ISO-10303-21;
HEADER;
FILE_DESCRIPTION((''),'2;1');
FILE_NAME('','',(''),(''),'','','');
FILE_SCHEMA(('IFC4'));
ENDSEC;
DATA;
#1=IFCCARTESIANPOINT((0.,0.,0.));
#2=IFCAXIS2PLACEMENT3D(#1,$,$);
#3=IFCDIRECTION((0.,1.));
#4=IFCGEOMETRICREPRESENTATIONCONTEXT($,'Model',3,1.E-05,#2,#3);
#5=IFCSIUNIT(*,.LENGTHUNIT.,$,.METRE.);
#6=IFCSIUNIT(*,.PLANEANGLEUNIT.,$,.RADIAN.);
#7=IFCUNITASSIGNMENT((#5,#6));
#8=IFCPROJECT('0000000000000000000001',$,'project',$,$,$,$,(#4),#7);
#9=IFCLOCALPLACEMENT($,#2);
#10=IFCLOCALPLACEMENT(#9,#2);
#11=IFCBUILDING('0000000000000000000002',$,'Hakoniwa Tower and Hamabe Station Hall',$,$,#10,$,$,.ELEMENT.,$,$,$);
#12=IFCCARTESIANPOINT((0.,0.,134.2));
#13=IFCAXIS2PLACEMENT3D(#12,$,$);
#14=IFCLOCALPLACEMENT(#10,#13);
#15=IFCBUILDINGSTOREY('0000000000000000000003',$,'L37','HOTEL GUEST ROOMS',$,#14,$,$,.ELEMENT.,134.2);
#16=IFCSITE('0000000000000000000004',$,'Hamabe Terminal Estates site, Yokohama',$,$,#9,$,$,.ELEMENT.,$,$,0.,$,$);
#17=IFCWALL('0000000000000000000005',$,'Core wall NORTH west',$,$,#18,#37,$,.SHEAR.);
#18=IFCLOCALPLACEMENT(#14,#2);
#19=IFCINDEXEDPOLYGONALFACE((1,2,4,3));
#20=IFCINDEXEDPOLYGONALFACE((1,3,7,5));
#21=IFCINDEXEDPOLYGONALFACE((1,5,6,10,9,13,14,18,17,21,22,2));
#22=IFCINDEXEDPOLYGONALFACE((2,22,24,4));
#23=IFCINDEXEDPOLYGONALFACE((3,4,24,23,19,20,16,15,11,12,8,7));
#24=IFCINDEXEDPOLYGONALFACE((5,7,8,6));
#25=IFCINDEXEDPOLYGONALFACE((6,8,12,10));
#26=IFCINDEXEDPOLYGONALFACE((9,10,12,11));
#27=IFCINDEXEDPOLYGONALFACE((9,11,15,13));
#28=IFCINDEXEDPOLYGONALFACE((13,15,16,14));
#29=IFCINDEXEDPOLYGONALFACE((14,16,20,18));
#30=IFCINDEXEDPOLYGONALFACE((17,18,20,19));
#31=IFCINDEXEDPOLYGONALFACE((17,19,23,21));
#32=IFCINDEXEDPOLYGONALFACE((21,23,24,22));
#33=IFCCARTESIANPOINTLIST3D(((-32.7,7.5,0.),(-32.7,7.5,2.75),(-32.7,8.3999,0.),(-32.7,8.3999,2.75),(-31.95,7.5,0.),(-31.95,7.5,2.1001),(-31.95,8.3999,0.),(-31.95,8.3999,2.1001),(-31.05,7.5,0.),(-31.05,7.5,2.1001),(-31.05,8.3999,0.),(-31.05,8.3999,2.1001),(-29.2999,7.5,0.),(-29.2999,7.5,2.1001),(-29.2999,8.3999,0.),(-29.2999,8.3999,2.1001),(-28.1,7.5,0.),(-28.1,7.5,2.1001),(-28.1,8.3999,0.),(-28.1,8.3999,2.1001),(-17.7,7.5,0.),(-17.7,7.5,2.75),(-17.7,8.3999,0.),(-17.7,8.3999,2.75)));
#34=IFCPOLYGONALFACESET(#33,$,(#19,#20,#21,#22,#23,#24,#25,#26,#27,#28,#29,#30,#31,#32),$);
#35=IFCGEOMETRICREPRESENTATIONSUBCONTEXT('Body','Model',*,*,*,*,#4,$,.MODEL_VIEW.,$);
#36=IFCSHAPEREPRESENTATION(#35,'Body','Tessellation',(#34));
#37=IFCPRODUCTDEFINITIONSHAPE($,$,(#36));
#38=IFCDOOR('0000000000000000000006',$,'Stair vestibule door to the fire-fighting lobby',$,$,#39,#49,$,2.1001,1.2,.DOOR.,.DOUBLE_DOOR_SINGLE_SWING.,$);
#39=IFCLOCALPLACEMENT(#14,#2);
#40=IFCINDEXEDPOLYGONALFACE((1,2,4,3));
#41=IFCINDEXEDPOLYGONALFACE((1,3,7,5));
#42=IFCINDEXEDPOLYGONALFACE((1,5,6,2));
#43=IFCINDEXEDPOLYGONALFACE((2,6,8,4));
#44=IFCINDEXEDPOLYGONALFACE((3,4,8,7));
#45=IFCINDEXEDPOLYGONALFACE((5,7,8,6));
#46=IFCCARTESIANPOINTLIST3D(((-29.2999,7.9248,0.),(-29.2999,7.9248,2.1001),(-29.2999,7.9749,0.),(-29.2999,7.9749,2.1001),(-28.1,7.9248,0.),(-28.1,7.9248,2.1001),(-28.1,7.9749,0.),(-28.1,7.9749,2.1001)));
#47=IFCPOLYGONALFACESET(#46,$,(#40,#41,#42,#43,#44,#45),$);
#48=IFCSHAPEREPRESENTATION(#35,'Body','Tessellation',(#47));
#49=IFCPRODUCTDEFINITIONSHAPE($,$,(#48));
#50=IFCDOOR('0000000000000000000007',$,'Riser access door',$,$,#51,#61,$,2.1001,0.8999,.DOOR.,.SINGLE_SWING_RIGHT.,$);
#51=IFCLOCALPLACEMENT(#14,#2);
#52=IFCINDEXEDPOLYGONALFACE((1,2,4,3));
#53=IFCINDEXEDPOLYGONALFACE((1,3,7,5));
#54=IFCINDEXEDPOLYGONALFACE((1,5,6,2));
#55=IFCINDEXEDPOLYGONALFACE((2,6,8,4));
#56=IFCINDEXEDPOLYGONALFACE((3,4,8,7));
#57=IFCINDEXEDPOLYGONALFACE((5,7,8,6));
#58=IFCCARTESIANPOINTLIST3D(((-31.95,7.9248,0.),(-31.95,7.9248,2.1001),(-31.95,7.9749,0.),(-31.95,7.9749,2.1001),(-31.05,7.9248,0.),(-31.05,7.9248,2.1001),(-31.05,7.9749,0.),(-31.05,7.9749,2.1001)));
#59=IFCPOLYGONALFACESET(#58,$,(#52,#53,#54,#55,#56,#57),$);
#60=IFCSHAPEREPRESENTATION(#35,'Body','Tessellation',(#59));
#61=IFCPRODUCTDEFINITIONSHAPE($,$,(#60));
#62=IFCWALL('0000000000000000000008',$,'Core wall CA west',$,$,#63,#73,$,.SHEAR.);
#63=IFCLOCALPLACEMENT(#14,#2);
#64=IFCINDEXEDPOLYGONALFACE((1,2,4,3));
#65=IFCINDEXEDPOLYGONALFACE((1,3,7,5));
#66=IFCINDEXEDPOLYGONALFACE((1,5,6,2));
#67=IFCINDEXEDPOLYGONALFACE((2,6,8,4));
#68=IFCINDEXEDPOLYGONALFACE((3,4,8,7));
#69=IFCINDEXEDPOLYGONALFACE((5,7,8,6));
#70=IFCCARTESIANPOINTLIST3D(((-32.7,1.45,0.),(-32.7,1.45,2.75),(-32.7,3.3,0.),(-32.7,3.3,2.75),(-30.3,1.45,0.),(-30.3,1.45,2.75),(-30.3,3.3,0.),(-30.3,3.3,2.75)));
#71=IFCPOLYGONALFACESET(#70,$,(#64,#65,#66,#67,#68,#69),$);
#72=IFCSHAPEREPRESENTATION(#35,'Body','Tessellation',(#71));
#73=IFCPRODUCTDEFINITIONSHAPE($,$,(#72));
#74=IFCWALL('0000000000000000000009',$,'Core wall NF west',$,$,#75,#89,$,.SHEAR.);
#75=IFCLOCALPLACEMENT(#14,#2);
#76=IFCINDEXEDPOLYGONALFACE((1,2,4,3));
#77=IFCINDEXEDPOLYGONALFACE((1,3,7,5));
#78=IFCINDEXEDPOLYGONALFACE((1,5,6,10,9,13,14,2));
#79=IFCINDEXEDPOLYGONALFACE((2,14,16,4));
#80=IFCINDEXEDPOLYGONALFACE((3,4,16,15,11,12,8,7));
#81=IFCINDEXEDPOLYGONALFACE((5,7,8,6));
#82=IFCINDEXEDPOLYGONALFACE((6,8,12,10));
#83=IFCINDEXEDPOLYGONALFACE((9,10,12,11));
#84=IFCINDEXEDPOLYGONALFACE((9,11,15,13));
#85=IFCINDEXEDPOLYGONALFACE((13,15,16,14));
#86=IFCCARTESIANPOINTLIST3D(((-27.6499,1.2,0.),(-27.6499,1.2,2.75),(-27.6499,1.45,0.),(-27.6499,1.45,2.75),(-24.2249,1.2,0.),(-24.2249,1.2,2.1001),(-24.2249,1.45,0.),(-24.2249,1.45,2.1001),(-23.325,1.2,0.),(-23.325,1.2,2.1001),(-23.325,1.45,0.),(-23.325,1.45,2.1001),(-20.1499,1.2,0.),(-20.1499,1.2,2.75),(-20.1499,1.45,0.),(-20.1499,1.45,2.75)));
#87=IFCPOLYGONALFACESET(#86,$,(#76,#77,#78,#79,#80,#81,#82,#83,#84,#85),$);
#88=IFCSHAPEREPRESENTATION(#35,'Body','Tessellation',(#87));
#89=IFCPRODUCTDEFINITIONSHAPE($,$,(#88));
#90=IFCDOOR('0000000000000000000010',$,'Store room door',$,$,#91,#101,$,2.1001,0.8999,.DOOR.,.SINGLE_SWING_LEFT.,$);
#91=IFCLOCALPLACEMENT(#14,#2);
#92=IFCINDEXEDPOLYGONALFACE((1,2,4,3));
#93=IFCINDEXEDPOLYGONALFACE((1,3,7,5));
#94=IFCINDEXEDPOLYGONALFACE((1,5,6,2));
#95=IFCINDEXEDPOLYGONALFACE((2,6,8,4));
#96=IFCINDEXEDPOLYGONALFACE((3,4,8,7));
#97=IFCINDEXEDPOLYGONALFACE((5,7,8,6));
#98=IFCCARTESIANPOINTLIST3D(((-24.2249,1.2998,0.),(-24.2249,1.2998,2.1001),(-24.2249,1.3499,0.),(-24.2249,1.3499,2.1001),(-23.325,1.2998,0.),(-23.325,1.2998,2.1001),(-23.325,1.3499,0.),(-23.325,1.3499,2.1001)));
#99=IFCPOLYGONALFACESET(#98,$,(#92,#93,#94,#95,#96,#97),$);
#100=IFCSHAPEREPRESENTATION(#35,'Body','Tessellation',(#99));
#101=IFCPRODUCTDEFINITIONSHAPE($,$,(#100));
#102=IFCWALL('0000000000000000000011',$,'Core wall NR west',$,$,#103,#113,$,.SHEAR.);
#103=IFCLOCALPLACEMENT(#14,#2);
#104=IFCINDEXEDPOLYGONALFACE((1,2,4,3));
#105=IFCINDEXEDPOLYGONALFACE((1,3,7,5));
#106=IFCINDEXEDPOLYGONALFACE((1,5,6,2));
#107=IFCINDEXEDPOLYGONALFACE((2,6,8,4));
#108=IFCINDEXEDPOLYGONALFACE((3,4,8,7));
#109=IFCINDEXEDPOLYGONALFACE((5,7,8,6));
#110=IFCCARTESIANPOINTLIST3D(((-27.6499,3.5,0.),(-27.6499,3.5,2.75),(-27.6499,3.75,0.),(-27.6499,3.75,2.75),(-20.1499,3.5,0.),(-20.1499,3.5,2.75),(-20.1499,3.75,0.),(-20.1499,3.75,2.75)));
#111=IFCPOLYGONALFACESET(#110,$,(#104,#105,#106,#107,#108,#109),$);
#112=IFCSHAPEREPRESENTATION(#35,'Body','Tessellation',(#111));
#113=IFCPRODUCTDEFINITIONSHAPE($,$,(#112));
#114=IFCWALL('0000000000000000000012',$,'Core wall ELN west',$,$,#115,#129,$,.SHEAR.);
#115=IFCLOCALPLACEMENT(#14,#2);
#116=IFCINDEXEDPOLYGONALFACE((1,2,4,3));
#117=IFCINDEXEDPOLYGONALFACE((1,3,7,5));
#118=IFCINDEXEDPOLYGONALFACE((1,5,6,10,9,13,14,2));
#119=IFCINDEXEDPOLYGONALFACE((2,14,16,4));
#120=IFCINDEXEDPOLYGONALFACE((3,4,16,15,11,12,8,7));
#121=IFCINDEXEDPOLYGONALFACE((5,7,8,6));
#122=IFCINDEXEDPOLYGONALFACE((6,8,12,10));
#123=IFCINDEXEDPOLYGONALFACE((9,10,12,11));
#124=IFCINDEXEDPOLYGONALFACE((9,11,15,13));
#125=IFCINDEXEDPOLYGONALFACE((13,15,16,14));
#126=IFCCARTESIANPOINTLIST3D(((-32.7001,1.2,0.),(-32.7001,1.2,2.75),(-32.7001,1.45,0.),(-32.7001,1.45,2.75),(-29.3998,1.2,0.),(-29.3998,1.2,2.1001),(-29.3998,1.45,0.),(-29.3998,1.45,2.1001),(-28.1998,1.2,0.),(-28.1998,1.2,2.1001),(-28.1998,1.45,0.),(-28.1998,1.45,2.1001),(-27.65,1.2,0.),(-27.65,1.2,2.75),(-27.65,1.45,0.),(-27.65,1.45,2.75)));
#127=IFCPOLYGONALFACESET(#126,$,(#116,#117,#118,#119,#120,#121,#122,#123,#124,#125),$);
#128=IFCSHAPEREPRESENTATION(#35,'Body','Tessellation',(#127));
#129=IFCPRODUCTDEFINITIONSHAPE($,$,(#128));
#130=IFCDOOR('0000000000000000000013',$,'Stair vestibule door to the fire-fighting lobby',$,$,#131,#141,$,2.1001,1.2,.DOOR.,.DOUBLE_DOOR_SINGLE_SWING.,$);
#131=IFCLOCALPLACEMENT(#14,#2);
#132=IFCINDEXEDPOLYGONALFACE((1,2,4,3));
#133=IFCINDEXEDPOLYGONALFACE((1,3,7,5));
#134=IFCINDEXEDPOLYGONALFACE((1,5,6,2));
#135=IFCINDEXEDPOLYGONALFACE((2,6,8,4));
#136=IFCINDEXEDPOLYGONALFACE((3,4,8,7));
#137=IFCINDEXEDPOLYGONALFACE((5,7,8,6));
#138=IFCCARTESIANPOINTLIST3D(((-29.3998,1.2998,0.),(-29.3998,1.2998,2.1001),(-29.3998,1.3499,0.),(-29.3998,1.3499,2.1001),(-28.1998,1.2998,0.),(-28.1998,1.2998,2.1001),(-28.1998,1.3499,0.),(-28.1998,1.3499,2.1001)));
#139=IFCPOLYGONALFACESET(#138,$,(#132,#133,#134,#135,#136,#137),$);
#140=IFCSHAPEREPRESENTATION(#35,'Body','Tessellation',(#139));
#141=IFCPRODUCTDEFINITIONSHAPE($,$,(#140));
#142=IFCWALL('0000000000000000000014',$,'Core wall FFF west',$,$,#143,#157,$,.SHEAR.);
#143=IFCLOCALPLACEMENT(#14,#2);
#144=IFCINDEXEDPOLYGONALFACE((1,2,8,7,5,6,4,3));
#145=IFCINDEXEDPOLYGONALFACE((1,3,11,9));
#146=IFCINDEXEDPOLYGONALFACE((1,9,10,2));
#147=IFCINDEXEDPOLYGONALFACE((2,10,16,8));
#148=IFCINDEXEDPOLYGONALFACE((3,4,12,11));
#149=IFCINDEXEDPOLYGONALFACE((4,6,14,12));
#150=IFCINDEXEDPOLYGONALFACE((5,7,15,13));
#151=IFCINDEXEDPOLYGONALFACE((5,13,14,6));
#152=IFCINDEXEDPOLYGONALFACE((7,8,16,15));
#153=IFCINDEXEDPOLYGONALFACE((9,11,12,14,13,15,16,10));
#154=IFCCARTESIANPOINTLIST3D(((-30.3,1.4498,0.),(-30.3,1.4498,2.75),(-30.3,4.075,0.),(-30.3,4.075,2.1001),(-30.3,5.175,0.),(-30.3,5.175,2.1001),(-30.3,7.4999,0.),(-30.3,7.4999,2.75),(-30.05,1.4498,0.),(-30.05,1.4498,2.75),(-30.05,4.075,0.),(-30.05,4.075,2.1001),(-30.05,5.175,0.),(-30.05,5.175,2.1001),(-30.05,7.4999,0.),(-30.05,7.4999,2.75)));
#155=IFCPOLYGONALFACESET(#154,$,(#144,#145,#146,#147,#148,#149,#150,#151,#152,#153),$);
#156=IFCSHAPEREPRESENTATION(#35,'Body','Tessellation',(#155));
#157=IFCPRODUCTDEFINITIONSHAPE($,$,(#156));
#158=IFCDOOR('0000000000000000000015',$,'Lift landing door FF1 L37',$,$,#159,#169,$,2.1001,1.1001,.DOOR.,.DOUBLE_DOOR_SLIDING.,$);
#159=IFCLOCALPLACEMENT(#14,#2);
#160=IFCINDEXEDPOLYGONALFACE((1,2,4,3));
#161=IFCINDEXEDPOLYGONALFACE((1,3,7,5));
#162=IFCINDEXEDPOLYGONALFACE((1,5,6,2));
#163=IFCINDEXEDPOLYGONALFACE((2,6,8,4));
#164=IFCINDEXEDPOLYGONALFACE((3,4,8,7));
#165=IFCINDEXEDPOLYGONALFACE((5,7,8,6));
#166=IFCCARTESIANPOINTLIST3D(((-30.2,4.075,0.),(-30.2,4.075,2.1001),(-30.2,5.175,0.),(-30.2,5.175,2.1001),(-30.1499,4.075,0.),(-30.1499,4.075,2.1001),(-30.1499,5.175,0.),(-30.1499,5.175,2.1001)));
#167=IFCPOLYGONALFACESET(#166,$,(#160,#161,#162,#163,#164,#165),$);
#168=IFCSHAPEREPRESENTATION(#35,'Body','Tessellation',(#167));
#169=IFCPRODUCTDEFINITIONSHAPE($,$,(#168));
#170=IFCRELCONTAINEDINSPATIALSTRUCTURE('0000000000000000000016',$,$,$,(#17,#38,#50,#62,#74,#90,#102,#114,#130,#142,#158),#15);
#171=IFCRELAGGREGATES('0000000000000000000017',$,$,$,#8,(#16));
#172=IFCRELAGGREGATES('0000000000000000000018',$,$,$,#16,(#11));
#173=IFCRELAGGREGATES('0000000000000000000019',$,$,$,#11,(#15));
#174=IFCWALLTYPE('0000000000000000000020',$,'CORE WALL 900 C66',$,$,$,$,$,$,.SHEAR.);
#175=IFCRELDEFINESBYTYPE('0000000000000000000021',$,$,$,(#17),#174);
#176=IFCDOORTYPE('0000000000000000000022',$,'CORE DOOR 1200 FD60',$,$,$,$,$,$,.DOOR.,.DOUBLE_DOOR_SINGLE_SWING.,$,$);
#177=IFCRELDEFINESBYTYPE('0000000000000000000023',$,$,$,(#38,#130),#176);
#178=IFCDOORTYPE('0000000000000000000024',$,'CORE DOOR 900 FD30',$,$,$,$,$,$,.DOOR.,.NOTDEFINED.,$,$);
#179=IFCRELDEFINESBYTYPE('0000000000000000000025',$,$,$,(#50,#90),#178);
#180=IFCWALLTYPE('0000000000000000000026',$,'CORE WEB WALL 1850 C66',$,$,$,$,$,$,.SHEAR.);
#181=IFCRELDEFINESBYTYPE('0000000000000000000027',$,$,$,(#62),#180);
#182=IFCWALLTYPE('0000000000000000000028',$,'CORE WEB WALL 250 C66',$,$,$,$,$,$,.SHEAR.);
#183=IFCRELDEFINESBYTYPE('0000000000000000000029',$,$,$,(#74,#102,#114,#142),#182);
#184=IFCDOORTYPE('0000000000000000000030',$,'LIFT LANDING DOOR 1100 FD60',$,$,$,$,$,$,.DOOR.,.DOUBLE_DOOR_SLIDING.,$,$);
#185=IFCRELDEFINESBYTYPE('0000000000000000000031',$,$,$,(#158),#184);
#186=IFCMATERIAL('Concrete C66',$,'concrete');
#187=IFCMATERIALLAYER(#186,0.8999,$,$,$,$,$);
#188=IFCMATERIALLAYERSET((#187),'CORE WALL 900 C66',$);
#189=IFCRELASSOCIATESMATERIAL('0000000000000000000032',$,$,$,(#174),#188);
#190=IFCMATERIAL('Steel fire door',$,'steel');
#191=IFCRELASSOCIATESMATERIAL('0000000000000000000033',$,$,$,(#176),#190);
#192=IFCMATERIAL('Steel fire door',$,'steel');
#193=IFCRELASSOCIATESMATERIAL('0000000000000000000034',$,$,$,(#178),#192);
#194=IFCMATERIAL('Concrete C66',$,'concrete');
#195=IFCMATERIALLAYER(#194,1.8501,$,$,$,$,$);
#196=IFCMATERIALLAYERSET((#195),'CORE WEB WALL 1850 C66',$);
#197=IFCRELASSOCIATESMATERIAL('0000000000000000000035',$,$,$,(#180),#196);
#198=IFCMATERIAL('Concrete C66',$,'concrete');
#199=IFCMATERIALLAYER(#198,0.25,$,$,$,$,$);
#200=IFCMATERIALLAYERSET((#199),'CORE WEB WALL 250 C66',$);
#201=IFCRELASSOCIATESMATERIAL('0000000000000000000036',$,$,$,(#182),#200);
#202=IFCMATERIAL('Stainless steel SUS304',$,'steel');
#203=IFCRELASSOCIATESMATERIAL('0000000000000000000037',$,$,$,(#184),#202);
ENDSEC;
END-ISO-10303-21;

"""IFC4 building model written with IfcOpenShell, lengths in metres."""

from ifc_helpers import new_model, si_unit, direction, frame, frame_2d, origin, place, context, subcontext, project, spatial, rectangle, extrude, material, layer, layer_set, type_object, element, fill, save


model = new_model("IFC4")

# Units and contexts
model_context = context("Model", 3, precision=1e-05, world=origin(), true_north=direction((0.0, 1.0)))
body_context = subcontext(model_context, "Body", "Model", "MODEL_VIEW")
ifc_project = project(units=[si_unit("LENGTHUNIT", "METRE"), si_unit("PLANEANGLEUNIT", "RADIAN")], contexts=[model_context])

# Site, building, storey
site_placement = place(None, origin())
site = spatial("IfcSite", under=ifc_project, at=site_placement, Name="Hamabe Terminal Estates site, Yokohama", CompositionType="ELEMENT", RefElevation=0.0)
building_placement = place(site_placement, origin())
building = spatial("IfcBuilding", under=site, at=building_placement, Name="Hakoniwa Tower and Hamabe Station Hall", CompositionType="ELEMENT")
storey_placement = place(building_placement, frame((0.0, 0.0, 134.2)))
storey = spatial("IfcBuildingStorey", under=building, at=storey_placement, Name="L37", Description="HOTEL GUEST ROOMS", CompositionType="ELEMENT", Elevation=134.2)

# Wall, openings, doors
ifc_material_1 = material(Name="Concrete C66", Category="concrete")
ifc_layer_1 = layer(ifc_material_1, 0.8999)
ifc_layer_set_1 = layer_set([ifc_layer_1], Name="CORE WALL 900 C66")
wall_type_1 = type_object("IfcWallType", Name="CORE WALL 900 C66", PredefinedType="SHEAR", material=ifc_layer_set_1)
wall_1_placement = place(storey_placement, frame((-32.7, 7.95, 0.0), z_axis=(0.0, 0.0, 1.0), x_axis=(1.0, 0.0, 0.0)))
wall_1 = element("IfcWall", 1, at=wall_1_placement, inside=storey, type_object=wall_type_1, Name="Core wall NORTH west", PredefinedType="SHEAR", context=body_context, shape_type="SweptSolid", body=[
    extrude(rectangle(XDim=15.0, YDim=0.8999, at=frame_2d((7.5, 0.0))), origin(), (0.0, 0.0, 1.0), 2.75),
])
opening_1_placement = place(wall_1_placement, frame((3.3999, 0.0, 0.0)))
opening_1 = element("IfcOpeningElement", 2, at=opening_1_placement, cuts=wall_1, PredefinedType="OPENING", context=body_context, shape_type="SweptSolid", body=[
    extrude(rectangle(XDim=1.2, YDim=2.1001, at=frame_2d((0.6001, 1.05))), frame((0.0, 0.46, 0.0), z_axis=(0.0, -1.0, 0.0), x_axis=(1.0, 0.0, 0.0)), (0.0, 0.0, 1.0), 0.9199),
])
opening_2_placement = place(wall_1_placement, frame((0.75, 0.0, 0.0)))
opening_2 = element("IfcOpeningElement", 3, at=opening_2_placement, cuts=wall_1, PredefinedType="OPENING", context=body_context, shape_type="SweptSolid", body=[
    extrude(rectangle(XDim=0.8999, YDim=2.1001, at=frame_2d((0.45, 1.05))), frame((0.0, 0.46, 0.0), z_axis=(0.0, -1.0, 0.0), x_axis=(1.0, 0.0, 0.0)), (0.0, 0.0, 1.0), 0.9199),
])
ifc_material_2 = material(Name="Steel fire door", Category="steel")
door_type_1 = type_object("IfcDoorType", Name="CORE DOOR 1200 FD60", OperationType="DOUBLE_DOOR_SINGLE_SWING", PredefinedType="DOOR", material=ifc_material_2)
door_1_placement = place(opening_1_placement, origin())
door_1 = element("IfcDoor", 4, at=door_1_placement, inside=storey, type_object=door_type_1, Name="Stair vestibule door to the fire-fighting lobby", OperationType="DOUBLE_DOOR_SINGLE_SWING", OverallHeight=2.1001, OverallWidth=1.2, PredefinedType="DOOR", context=body_context, shape_type="SweptSolid", body=[
    extrude(rectangle(XDim=1.2, YDim=2.1001, at=frame_2d((0.6001, 1.05))), frame((0.0, 0.0249, 0.0), z_axis=(0.0, -1.0, 0.0), x_axis=(1.0, 0.0, 0.0)), (0.0, 0.0, 1.0), 0.05),
])
fill(opening_1, door_1)
ifc_material_3 = material(Name="Steel fire door", Category="steel")
door_type_2 = type_object("IfcDoorType", Name="CORE DOOR 900 FD30", OperationType="NOTDEFINED", PredefinedType="DOOR", material=ifc_material_3)
door_2_placement = place(opening_2_placement, origin())
door_2 = element("IfcDoor", 5, at=door_2_placement, inside=storey, type_object=door_type_2, Name="Riser access door", OperationType="SINGLE_SWING_RIGHT", OverallHeight=2.1001, OverallWidth=0.8999, PredefinedType="DOOR", context=body_context, shape_type="SweptSolid", body=[
    extrude(rectangle(XDim=0.8999, YDim=2.1001, at=frame_2d((0.45, 1.05))), frame((0.0, 0.0249, 0.0), z_axis=(0.0, -1.0, 0.0), x_axis=(1.0, 0.0, 0.0)), (0.0, 0.0, 1.0), 0.05),
])
fill(opening_2, door_2)

# Wall
ifc_material_4 = material(Name="Concrete C66", Category="concrete")
ifc_layer_2 = layer(ifc_material_4, 1.8501)
ifc_layer_set_2 = layer_set([ifc_layer_2], Name="CORE WEB WALL 1850 C66")
wall_type_2 = type_object("IfcWallType", Name="CORE WEB WALL 1850 C66", PredefinedType="SHEAR", material=ifc_layer_set_2)
wall_2_placement = place(storey_placement, frame((-32.7, 2.375, 0.0), z_axis=(0.0, 0.0, 1.0), x_axis=(1.0, 0.0, 0.0)))
element("IfcWall", 6, at=wall_2_placement, inside=storey, type_object=wall_type_2, Name="Core wall CA west", PredefinedType="SHEAR", context=body_context, shape_type="SweptSolid", body=[
    extrude(rectangle(XDim=2.3999, YDim=1.8501, at=frame_2d((1.2, 0.0))), origin(), (0.0, 0.0, 1.0), 2.75),
])

# Wall, opening, door
ifc_material_5 = material(Name="Concrete C66", Category="concrete")
ifc_layer_3 = layer(ifc_material_5, 0.25)
ifc_layer_set_3 = layer_set([ifc_layer_3], Name="CORE WEB WALL 250 C66")
wall_type_3 = type_object("IfcWallType", Name="CORE WEB WALL 250 C66", PredefinedType="SHEAR", material=ifc_layer_set_3)
wall_3_placement = place(storey_placement, frame((-27.6499, 1.325, 0.0), z_axis=(0.0, 0.0, 1.0), x_axis=(1.0, 0.0, 0.0)))
wall_3 = element("IfcWall", 7, at=wall_3_placement, inside=storey, type_object=wall_type_3, Name="Core wall NF west", PredefinedType="SHEAR", context=body_context, shape_type="SweptSolid", body=[
    extrude(rectangle(XDim=7.5, YDim=0.25, at=frame_2d((3.75, 0.0))), origin(), (0.0, 0.0, 1.0), 2.75),
])
opening_3_placement = place(wall_3_placement, frame((3.425, 0.0, 0.0)))
opening_3 = element("IfcOpeningElement", 8, at=opening_3_placement, cuts=wall_3, PredefinedType="OPENING", context=body_context, shape_type="SweptSolid", body=[
    extrude(rectangle(XDim=0.8999, YDim=2.1001, at=frame_2d((0.45, 1.05))), frame((0.0, 0.135, 0.0), z_axis=(0.0, -1.0, 0.0), x_axis=(1.0, 0.0, 0.0)), (0.0, 0.0, 1.0), 0.27),
])
door_3_placement = place(opening_3_placement, origin())
door_3 = element("IfcDoor", 9, at=door_3_placement, inside=storey, type_object=door_type_2, Name="Store room door", OperationType="SINGLE_SWING_LEFT", OverallHeight=2.1001, OverallWidth=0.8999, PredefinedType="DOOR", context=body_context, shape_type="SweptSolid", body=[
    extrude(rectangle(XDim=0.8999, YDim=2.1001, at=frame_2d((0.45, 1.05))), frame((0.0, 0.0249, 0.0), z_axis=(0.0, -1.0, 0.0), x_axis=(1.0, 0.0, 0.0)), (0.0, 0.0, 1.0), 0.05),
])
fill(opening_3, door_3)

# Wall
wall_4_placement = place(storey_placement, frame((-27.6499, 3.625, 0.0), z_axis=(0.0, 0.0, 1.0), x_axis=(1.0, 0.0, 0.0)))
element("IfcWall", 10, at=wall_4_placement, inside=storey, type_object=wall_type_3, Name="Core wall NR west", PredefinedType="SHEAR", context=body_context, shape_type="SweptSolid", body=[
    extrude(rectangle(XDim=7.5, YDim=0.25, at=frame_2d((3.75, 0.0))), origin(), (0.0, 0.0, 1.0), 2.75),
])

# Walls, openings, doors
wall_5_placement = place(storey_placement, frame((-32.7, 1.325, 0.0), z_axis=(0.0, 0.0, 1.0), x_axis=(1.0, 0.0, 0.0)))
wall_5 = element("IfcWall", 11, at=wall_5_placement, inside=storey, type_object=wall_type_3, Name="Core wall ELN west", PredefinedType="SHEAR", context=body_context, shape_type="SweptSolid", body=[
    extrude(rectangle(XDim=5.05, YDim=0.25, at=frame_2d((2.5249, 0.0))), origin(), (0.0, 0.0, 1.0), 2.75),
])
opening_4_placement = place(wall_5_placement, frame((3.3, 0.0, 0.0)))
opening_4 = element("IfcOpeningElement", 12, at=opening_4_placement, cuts=wall_5, PredefinedType="OPENING", context=body_context, shape_type="SweptSolid", body=[
    extrude(rectangle(XDim=1.2, YDim=2.1001, at=frame_2d((0.6001, 1.05))), frame((0.0, 0.135, 0.0), z_axis=(0.0, -1.0, 0.0), x_axis=(1.0, 0.0, 0.0)), (0.0, 0.0, 1.0), 0.27),
])
door_4_placement = place(opening_4_placement, origin())
door_4 = element("IfcDoor", 13, at=door_4_placement, inside=storey, type_object=door_type_1, Name="Stair vestibule door to the fire-fighting lobby", OperationType="DOUBLE_DOOR_SINGLE_SWING", OverallHeight=2.1001, OverallWidth=1.2, PredefinedType="DOOR", context=body_context, shape_type="SweptSolid", body=[
    extrude(rectangle(XDim=1.2, YDim=2.1001, at=frame_2d((0.6001, 1.05))), frame((0.0, 0.0249, 0.0), z_axis=(0.0, -1.0, 0.0), x_axis=(1.0, 0.0, 0.0)), (0.0, 0.0, 1.0), 0.05),
])
fill(opening_4, door_4)
wall_6_placement = place(storey_placement, frame((-30.175, 1.45, 0.0), z_axis=(0.0, 0.0, 1.0), x_axis=(0.0, 1.0, 0.0)))
wall_6 = element("IfcWall", 14, at=wall_6_placement, inside=storey, type_object=wall_type_3, Name="Core wall FFF west", PredefinedType="SHEAR", context=body_context, shape_type="SweptSolid", body=[
    extrude(rectangle(XDim=6.05, YDim=0.25, at=frame_2d((3.0249, 0.0))), origin(), (0.0, 0.0, 1.0), 2.75),
])
opening_5_placement = place(wall_6_placement, frame((2.625, 0.0, 0.0)))
opening_5 = element("IfcOpeningElement", 15, at=opening_5_placement, cuts=wall_6, PredefinedType="OPENING", context=body_context, shape_type="SweptSolid", body=[
    extrude(rectangle(XDim=1.1001, YDim=2.1001, at=frame_2d((0.55, 1.05))), frame((0.0, 0.135, 0.0), z_axis=(0.0, -1.0, 0.0), x_axis=(1.0, 0.0, 0.0)), (0.0, 0.0, 1.0), 0.27),
])
ifc_material_6 = material(Name="Stainless steel SUS304", Category="steel")
door_type_3 = type_object("IfcDoorType", Name="LIFT LANDING DOOR 1100 FD60", OperationType="DOUBLE_DOOR_SLIDING", PredefinedType="DOOR", material=ifc_material_6)
door_5_placement = place(opening_5_placement, origin())
door_5 = element("IfcDoor", 16, at=door_5_placement, inside=storey, type_object=door_type_3, Name="Lift landing door FF1 L37", OperationType="DOUBLE_DOOR_SLIDING", OverallHeight=2.1001, OverallWidth=1.1001, PredefinedType="DOOR", context=body_context, shape_type="SweptSolid", body=[
    extrude(rectangle(XDim=1.1001, YDim=2.1001, at=frame_2d((0.55, 1.05))), frame((0.0, 0.0249, 0.0), z_axis=(0.0, -1.0, 0.0), x_axis=(1.0, 0.0, 0.0)), (0.0, 0.0, 1.0), 0.05),
])
fill(opening_5, door_5)

save(model, "model.ifc")
